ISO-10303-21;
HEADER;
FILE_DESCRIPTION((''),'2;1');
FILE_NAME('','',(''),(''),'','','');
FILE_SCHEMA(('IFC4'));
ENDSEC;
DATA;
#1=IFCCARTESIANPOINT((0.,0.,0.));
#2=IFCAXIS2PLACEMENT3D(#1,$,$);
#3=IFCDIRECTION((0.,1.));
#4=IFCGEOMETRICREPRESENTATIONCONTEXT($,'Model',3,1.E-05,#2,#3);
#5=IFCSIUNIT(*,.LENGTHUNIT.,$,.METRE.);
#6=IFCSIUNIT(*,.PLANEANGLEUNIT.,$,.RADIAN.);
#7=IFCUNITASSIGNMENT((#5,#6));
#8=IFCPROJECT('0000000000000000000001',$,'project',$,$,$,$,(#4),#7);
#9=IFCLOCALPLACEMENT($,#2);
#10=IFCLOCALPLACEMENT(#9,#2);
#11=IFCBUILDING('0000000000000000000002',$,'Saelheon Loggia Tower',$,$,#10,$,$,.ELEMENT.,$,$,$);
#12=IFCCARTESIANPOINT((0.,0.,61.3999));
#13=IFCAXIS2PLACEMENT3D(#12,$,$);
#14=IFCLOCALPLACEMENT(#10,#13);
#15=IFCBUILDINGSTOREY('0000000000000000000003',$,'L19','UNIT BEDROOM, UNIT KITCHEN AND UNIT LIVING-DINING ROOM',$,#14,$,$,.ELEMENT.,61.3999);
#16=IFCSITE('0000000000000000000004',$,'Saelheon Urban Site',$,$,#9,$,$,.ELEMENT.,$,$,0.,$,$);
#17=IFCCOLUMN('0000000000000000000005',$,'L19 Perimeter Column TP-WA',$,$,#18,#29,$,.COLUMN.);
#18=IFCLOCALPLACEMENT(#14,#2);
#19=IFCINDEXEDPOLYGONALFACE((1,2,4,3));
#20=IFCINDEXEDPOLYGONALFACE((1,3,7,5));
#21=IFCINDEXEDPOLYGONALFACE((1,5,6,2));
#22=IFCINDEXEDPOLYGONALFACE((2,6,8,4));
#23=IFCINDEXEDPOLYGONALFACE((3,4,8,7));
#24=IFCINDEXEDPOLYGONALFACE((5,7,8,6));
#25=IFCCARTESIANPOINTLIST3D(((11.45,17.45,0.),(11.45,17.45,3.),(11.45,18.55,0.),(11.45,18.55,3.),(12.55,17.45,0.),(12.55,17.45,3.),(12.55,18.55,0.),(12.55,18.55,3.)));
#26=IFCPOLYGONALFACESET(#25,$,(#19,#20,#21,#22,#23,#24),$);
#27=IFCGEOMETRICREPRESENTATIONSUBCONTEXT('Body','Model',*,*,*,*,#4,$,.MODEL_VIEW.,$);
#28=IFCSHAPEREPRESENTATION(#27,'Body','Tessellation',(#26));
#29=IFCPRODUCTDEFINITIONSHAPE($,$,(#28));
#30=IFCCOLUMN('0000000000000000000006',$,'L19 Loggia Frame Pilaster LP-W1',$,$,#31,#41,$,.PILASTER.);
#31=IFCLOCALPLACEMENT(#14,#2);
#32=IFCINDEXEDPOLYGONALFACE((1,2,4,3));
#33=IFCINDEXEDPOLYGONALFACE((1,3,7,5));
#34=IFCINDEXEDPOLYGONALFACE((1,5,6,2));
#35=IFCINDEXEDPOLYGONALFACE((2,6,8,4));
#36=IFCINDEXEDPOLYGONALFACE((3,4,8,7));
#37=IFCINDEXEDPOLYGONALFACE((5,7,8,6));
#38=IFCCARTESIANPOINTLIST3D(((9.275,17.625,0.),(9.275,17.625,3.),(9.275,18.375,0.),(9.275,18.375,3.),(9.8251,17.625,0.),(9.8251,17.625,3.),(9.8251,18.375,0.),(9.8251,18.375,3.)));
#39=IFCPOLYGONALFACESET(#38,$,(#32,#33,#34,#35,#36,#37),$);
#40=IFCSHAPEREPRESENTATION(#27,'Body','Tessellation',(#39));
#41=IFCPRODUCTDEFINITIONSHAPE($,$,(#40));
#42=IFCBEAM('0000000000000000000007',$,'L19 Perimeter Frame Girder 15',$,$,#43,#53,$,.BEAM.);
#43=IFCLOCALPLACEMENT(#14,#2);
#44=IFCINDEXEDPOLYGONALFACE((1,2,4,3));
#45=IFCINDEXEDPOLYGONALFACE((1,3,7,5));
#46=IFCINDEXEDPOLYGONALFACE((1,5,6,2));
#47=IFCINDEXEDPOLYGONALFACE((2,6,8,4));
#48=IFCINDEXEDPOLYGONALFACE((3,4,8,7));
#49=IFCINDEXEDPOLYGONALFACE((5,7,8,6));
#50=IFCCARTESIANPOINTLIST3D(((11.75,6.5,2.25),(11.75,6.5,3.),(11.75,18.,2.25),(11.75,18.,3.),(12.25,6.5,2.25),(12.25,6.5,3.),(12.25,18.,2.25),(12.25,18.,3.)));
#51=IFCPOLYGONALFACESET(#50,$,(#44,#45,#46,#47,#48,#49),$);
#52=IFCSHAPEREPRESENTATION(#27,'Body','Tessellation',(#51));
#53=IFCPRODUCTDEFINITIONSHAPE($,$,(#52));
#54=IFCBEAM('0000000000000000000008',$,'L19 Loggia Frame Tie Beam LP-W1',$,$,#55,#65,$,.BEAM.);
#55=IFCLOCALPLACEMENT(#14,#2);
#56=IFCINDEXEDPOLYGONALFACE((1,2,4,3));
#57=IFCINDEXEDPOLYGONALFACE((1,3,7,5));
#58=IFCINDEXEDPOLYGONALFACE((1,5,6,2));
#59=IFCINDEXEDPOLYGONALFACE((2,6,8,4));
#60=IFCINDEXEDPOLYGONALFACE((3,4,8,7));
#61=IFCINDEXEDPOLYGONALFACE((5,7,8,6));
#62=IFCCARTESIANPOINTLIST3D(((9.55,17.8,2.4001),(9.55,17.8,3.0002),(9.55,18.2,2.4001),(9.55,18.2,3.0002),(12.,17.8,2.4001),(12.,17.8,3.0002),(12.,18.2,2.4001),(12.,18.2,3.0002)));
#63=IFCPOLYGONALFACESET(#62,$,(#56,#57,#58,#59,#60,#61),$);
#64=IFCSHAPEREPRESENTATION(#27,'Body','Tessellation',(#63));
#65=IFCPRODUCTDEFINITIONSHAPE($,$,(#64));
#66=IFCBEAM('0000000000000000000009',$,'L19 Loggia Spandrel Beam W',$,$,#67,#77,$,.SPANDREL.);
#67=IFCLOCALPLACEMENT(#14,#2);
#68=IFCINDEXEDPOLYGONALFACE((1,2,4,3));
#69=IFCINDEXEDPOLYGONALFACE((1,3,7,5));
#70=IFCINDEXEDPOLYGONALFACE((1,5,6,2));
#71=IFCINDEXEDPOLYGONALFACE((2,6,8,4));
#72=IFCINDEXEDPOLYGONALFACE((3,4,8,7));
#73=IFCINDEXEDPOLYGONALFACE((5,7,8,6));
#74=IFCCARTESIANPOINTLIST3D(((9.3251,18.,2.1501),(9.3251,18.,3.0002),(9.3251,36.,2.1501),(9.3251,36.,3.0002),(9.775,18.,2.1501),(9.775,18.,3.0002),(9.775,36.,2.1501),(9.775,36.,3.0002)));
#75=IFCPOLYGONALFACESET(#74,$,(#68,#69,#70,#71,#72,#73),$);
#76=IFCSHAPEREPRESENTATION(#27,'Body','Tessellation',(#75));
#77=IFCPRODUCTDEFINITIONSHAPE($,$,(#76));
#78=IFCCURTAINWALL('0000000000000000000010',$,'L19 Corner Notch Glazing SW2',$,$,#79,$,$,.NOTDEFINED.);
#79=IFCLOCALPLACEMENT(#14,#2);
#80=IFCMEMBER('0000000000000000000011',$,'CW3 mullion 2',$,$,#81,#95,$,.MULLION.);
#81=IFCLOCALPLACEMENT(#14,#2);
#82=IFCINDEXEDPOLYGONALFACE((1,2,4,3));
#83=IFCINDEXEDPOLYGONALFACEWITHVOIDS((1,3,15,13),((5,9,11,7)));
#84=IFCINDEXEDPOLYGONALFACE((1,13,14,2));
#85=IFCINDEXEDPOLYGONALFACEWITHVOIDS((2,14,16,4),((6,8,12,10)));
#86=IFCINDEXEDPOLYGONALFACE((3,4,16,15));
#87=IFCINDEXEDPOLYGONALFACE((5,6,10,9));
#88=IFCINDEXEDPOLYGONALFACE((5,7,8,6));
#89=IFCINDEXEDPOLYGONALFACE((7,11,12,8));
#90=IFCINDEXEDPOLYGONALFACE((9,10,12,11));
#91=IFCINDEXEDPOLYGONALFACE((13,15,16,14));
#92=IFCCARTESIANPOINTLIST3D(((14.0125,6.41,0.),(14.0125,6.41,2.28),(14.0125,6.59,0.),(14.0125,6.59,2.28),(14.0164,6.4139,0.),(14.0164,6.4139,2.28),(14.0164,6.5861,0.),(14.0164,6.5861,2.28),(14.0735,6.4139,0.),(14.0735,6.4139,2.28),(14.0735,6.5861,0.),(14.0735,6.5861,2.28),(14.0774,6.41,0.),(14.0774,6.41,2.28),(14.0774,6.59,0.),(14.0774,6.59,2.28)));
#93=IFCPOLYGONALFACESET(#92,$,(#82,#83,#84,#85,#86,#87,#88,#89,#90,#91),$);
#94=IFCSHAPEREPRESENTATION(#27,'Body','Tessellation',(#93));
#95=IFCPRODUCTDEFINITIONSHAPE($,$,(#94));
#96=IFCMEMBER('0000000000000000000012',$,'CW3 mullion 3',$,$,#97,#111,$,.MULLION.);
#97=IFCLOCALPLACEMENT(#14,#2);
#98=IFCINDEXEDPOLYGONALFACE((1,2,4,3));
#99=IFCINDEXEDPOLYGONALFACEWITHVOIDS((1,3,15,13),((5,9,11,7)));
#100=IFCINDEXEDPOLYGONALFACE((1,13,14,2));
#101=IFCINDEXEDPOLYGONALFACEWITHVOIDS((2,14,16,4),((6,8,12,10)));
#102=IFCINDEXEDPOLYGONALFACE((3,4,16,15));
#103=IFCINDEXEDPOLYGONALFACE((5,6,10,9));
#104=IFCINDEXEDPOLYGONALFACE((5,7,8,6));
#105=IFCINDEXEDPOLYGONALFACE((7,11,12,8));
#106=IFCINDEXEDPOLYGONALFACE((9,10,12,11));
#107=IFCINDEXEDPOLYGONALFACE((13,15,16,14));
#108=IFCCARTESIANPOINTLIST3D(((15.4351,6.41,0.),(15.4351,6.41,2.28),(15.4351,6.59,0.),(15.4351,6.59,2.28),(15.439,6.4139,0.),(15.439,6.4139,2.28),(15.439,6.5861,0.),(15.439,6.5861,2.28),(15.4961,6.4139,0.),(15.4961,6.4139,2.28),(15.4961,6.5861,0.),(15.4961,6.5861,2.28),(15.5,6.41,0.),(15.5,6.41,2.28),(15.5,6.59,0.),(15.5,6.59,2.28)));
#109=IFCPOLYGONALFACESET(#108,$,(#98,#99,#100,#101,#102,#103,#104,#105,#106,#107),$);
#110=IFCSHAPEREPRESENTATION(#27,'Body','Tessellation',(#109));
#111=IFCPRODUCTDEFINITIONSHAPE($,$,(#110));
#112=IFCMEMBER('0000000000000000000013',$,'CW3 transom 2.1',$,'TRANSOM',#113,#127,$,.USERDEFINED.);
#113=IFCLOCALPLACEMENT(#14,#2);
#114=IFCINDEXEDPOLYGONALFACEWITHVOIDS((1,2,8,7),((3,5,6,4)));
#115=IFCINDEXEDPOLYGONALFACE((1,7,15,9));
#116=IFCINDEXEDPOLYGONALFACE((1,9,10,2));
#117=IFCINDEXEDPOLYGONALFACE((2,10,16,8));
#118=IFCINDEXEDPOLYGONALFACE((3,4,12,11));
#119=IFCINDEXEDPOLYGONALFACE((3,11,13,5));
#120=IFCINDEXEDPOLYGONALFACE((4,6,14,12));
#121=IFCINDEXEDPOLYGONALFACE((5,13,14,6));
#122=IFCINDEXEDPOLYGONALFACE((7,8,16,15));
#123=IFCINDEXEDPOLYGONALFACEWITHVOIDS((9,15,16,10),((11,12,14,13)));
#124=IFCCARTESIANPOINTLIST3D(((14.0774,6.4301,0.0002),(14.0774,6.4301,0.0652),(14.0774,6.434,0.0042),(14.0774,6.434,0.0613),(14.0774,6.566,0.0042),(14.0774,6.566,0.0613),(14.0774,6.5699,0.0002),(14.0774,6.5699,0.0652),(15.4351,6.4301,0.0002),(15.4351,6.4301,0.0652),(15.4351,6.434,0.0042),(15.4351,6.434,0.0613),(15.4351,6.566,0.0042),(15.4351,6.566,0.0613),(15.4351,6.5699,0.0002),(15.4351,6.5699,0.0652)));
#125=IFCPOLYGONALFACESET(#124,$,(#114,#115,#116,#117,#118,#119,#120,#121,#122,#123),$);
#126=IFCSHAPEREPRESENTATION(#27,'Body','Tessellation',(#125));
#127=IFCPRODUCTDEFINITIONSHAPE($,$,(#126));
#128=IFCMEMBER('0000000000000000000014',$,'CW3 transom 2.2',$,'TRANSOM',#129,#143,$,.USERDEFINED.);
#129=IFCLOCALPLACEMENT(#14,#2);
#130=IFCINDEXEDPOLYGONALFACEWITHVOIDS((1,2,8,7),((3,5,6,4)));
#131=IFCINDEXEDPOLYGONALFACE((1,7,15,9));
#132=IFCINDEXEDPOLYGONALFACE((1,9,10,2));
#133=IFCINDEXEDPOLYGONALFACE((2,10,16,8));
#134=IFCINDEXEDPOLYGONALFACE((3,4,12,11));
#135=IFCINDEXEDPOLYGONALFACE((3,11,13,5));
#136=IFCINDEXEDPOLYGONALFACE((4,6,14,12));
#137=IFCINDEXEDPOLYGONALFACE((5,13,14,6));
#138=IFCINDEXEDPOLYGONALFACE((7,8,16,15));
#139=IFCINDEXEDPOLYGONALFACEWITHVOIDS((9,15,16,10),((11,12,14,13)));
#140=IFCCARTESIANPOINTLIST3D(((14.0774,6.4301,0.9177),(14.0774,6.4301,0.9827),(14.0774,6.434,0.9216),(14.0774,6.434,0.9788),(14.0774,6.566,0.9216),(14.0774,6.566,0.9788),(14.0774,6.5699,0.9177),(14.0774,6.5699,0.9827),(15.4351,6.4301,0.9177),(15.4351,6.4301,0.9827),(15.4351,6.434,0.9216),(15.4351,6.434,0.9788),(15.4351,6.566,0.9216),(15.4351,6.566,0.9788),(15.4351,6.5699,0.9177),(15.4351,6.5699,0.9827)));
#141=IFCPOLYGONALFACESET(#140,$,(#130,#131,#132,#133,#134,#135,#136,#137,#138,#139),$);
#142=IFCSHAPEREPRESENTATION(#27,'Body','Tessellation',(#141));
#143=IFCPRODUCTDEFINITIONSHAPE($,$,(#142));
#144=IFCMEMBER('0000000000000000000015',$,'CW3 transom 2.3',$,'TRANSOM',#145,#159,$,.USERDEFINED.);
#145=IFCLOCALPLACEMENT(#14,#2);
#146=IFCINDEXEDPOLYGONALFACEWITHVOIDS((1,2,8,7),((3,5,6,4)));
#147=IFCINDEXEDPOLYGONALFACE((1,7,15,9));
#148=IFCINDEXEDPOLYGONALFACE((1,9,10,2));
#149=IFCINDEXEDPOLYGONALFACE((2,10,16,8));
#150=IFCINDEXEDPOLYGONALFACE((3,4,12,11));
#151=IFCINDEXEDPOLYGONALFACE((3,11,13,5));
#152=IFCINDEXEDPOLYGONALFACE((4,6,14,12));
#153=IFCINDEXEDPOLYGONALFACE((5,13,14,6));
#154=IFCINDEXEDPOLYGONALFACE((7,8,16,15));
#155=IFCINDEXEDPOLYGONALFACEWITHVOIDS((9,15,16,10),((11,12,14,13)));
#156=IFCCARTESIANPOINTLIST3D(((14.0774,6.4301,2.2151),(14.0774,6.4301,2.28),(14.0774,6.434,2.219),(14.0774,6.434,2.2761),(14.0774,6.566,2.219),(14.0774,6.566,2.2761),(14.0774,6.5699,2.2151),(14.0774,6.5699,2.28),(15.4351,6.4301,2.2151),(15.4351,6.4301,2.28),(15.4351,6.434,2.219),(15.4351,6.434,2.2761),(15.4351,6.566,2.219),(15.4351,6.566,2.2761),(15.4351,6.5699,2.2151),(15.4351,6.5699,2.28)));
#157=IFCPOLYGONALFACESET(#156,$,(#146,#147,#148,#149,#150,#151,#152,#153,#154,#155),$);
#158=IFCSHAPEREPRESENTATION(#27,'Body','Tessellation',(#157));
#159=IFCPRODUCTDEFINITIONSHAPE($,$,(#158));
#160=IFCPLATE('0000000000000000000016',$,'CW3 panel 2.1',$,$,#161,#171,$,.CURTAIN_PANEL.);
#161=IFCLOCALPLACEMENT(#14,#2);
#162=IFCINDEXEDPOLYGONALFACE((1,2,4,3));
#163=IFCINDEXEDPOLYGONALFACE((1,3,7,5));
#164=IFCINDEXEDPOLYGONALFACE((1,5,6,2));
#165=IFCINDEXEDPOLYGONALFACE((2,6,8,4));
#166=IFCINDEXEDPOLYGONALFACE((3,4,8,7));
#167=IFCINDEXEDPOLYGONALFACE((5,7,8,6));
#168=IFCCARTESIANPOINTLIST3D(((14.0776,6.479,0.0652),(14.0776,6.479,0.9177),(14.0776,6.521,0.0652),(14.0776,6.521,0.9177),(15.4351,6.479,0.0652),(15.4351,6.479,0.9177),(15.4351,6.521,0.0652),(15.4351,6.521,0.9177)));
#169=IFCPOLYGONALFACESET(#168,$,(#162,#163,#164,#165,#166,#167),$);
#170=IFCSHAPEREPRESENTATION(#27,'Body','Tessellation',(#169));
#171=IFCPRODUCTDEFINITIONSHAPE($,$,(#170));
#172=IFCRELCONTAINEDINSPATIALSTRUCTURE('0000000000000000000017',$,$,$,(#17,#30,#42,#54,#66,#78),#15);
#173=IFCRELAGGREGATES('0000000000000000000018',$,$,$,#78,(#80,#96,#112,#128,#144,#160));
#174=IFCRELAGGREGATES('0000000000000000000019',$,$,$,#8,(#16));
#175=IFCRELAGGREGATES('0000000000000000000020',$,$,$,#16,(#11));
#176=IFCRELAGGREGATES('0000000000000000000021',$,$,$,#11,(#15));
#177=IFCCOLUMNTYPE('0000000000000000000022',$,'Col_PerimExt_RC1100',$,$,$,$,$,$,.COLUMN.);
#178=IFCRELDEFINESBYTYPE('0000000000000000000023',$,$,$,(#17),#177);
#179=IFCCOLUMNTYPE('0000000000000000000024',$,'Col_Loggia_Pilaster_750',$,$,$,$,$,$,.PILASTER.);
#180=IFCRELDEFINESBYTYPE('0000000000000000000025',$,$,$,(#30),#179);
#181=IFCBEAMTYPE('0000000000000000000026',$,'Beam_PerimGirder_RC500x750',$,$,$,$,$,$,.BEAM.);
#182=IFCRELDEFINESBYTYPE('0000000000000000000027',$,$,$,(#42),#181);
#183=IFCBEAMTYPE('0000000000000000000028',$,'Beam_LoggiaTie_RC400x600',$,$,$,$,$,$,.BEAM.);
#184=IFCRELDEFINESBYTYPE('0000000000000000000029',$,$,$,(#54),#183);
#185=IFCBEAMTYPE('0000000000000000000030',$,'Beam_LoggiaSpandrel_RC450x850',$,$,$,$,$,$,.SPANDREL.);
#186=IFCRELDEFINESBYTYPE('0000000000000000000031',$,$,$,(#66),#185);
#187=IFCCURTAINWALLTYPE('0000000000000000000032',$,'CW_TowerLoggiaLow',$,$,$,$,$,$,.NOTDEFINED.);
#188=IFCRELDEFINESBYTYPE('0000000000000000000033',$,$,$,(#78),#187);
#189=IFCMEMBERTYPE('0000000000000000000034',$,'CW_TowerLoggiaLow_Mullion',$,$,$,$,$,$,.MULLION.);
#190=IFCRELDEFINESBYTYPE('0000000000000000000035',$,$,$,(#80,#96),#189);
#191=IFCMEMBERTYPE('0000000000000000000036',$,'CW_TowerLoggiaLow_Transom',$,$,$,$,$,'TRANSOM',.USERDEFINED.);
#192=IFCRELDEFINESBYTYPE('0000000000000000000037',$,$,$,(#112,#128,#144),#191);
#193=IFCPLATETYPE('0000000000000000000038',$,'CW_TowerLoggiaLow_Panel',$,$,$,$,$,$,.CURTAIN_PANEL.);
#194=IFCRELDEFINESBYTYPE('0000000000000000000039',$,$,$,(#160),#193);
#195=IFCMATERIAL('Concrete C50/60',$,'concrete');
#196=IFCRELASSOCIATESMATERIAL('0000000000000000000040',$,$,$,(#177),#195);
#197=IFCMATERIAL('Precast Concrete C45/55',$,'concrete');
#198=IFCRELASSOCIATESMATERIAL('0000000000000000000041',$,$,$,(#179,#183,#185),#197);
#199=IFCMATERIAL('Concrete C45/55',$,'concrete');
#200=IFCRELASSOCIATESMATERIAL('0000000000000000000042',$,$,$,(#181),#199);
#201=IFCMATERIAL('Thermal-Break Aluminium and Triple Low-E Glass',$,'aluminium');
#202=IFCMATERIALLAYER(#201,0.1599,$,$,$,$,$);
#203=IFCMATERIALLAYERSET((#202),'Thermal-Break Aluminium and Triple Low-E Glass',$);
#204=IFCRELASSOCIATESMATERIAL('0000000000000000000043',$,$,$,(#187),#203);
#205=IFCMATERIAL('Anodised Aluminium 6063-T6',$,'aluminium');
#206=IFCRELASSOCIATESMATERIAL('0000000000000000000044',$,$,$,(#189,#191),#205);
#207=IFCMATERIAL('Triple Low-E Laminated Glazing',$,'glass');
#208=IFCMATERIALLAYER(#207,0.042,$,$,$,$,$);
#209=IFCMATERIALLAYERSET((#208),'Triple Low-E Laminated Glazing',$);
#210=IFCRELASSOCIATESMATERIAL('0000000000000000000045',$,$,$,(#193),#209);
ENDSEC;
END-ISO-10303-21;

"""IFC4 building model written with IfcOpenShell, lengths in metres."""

from ifc_helpers import new_model, si_unit, direction, frame, origin, origin_2d, place, context, subcontext, project, spatial, rectangle, hollow_rectangle, extrude, source, transform, mapped, material, layer, layer_set, material_profile, profile_set, type_object, element, aggregate, save


model = new_model("IFC4")

# Units and contexts
model_context = context("Model", 3, precision=1e-05, world=origin(), true_north=direction((0.0, 1.0)))
body_context = subcontext(model_context, "Body", "Model", "MODEL_VIEW")
ifc_project = project(units=[si_unit("LENGTHUNIT", "METRE"), si_unit("PLANEANGLEUNIT", "RADIAN")], contexts=[model_context])

# Site, building, storey
site_placement = place(None, origin())
site = spatial("IfcSite", under=ifc_project, at=site_placement, Name="Saelheon Urban Site", CompositionType="ELEMENT", RefElevation=0.0)
building_placement = place(site_placement, origin())
building = spatial("IfcBuilding", under=site, at=building_placement, Name="Saelheon Loggia Tower", CompositionType="ELEMENT")
storey_placement = place(building_placement, frame((0.0, 0.0, 61.3999)))
storey = spatial("IfcBuildingStorey", under=building, at=storey_placement, Name="L19", Description="UNIT BEDROOM, UNIT KITCHEN AND UNIT LIVING-DINING ROOM", CompositionType="ELEMENT", Elevation=61.3999)

# Columns
ifc_material_1 = material(Name="Concrete C50/60", Category="concrete")
ifc_material_profile_1 = material_profile(ifc_material_1, rectangle(XDim=1.1001, YDim=1.1001, at=origin_2d()), Name="RC-1100x1100")
ifc_profile_set_1 = profile_set([ifc_material_profile_1], Name="Concrete C50/60")
column_type_1 = type_object("IfcColumnType", Name="Col_PerimExt_RC1100", PredefinedType="COLUMN", material=ifc_profile_set_1)
shared_shape_1 = source(origin(), body_context, "Body", "SweptSolid", [
    extrude(rectangle(XDim=1.1001, YDim=1.1001, at=origin_2d()), origin(), (0.0, 0.0, 1.0), 3.0),
])
column_1_placement = place(storey_placement, frame((12.0, 18.0, 0.0), z_axis=(0.0, 0.0, 1.0), x_axis=(1.0, 0.0, 0.0)))
element("IfcColumn", 1, at=column_1_placement, inside=storey, type_object=column_type_1, Name="L19 Perimeter Column TP-WA", PredefinedType="COLUMN", context=body_context, shape_type="MappedRepresentation", body=[
    mapped(shared_shape_1, transform((0.0, 0.0, 0.0), scale=1.0)),
])
ifc_material_2 = material(Name="Precast Concrete C45/55", Category="concrete")
ifc_material_profile_2 = material_profile(ifc_material_2, rectangle(XDim=0.55, YDim=0.75, at=origin_2d()), Name="RC-550x750")
ifc_profile_set_2 = profile_set([ifc_material_profile_2], Name="Precast Concrete C45/55")
column_type_2 = type_object("IfcColumnType", Name="Col_Loggia_Pilaster_750", PredefinedType="PILASTER", material=ifc_profile_set_2)
shared_shape_2 = source(origin(), body_context, "Body", "SweptSolid", [
    extrude(rectangle(XDim=0.55, YDim=0.75, at=origin_2d()), origin(), (0.0, 0.0, 1.0), 3.0),
])
column_2_placement = place(storey_placement, frame((9.55, 18.0, 0.0), z_axis=(0.0, 0.0, 1.0), x_axis=(1.0, 0.0, 0.0)))
element("IfcColumn", 2, at=column_2_placement, inside=storey, type_object=column_type_2, Name="L19 Loggia Frame Pilaster LP-W1", PredefinedType="PILASTER", context=body_context, shape_type="MappedRepresentation", body=[
    mapped(shared_shape_2, transform((0.0, 0.0, 0.0), scale=1.0)),
])

# Beams
ifc_material_3 = material(Name="Concrete C45/55", Category="concrete")
ifc_material_profile_3 = material_profile(ifc_material_3, rectangle(XDim=0.5, YDim=0.75, at=origin_2d()), Name="RC-500x750")
ifc_profile_set_3 = profile_set([ifc_material_profile_3], Name="Concrete C45/55")
beam_type_1 = type_object("IfcBeamType", Name="Beam_PerimGirder_RC500x750", PredefinedType="BEAM", material=ifc_profile_set_3)
shared_shape_3 = source(origin(), body_context, "Body", "SweptSolid", [
    extrude(rectangle(XDim=0.5, YDim=0.75, at=origin_2d()), origin(), (0.0, 0.0, 1.0), 11.5),
])
beam_1_placement = place(storey_placement, frame((12.0, 18.0, 2.625), z_axis=(0.0, -1.0, 0.0), x_axis=(1.0, 0.0, 0.0)))
element("IfcBeam", 3, at=beam_1_placement, inside=storey, type_object=beam_type_1, Name="L19 Perimeter Frame Girder 15", PredefinedType="BEAM", context=body_context, shape_type="MappedRepresentation", body=[
    mapped(shared_shape_3, transform((0.0, 0.0, 0.0), scale=1.0)),
])
ifc_material_profile_4 = material_profile(ifc_material_2, rectangle(XDim=0.3999, YDim=0.6001, at=origin_2d()), Name="RC-400x600")
ifc_profile_set_4 = profile_set([ifc_material_profile_4], Name="Precast Concrete C45/55")
beam_type_2 = type_object("IfcBeamType", Name="Beam_LoggiaTie_RC400x600", PredefinedType="BEAM", material=ifc_profile_set_4)
shared_shape_4 = source(origin(), body_context, "Body", "SweptSolid", [
    extrude(rectangle(XDim=0.3999, YDim=0.6001, at=origin_2d()), origin(), (0.0, 0.0, 1.0), 2.45),
])
beam_2_placement = place(storey_placement, frame((12.0, 18.0, 2.7002), z_axis=(-1.0, 0.0, 0.0), x_axis=(0.0, -1.0, 0.0)))
element("IfcBeam", 4, at=beam_2_placement, inside=storey, type_object=beam_type_2, Name="L19 Loggia Frame Tie Beam LP-W1", PredefinedType="BEAM", context=body_context, shape_type="MappedRepresentation", body=[
    mapped(shared_shape_4, transform((0.0, 0.0, 0.0), scale=1.0)),
])
ifc_material_profile_5 = material_profile(ifc_material_2, rectangle(XDim=0.45, YDim=0.8501, at=origin_2d()), Name="RC-450x850")
ifc_profile_set_5 = profile_set([ifc_material_profile_5], Name="Precast Concrete C45/55")
beam_type_3 = type_object("IfcBeamType", Name="Beam_LoggiaSpandrel_RC450x850", PredefinedType="SPANDREL", material=ifc_profile_set_5)
shared_shape_5 = source(origin(), body_context, "Body", "SweptSolid", [
    extrude(rectangle(XDim=0.45, YDim=0.8501, at=origin_2d()), origin(), (0.0, 0.0, 1.0), 18.0),
])
beam_3_placement = place(storey_placement, frame((9.55, 18.0, 2.5752), z_axis=(0.0, 1.0, 0.0), x_axis=(-1.0, 0.0, 0.0)))
element("IfcBeam", 5, at=beam_3_placement, inside=storey, type_object=beam_type_3, Name="L19 Loggia Spandrel Beam W", PredefinedType="SPANDREL", context=body_context, shape_type="MappedRepresentation", body=[
    mapped(shared_shape_5, transform((0.0, 0.0, 0.0), scale=1.0)),
])

# Curtain wall, members, plate
ifc_material_4 = material(Name="Thermal-Break Aluminium and Triple Low-E Glass", Category="aluminium")
ifc_layer_1 = layer(ifc_material_4, 0.1599)
ifc_layer_set_1 = layer_set([ifc_layer_1], Name="Thermal-Break Aluminium and Triple Low-E Glass")
curtain_wall_type = type_object("IfcCurtainWallType", Name="CW_TowerLoggiaLow", PredefinedType="NOTDEFINED", material=ifc_layer_set_1)
curtain_wall_placement = place(storey_placement, origin())
curtain_wall = element("IfcCurtainWall", 6, at=curtain_wall_placement, inside=storey, type_object=curtain_wall_type, Name="L19 Corner Notch Glazing SW2", PredefinedType="NOTDEFINED")
ifc_material_5 = material(Name="Anodised Aluminium 6063-T6", Category="aluminium")
ifc_material_profile_6 = material_profile(ifc_material_5, hollow_rectangle(XDim=0.0649, YDim=0.1799, WallThickness=0.0039, at=origin_2d()), Name="RHS-180x65x4")
ifc_profile_set_6 = profile_set([ifc_material_profile_6], Name="Anodised Aluminium 6063-T6")
member_type_1 = type_object("IfcMemberType", Name="CW_TowerLoggiaLow_Mullion", PredefinedType="MULLION", material=ifc_profile_set_6)
shared_shape_6 = source(origin(), body_context, "Body", "SweptSolid", [
    extrude(hollow_rectangle(XDim=0.0649, YDim=0.1799, WallThickness=0.0039, at=origin_2d()), origin(), (0.0, 0.0, 1.0), 2.28),
])
member_1_placement = place(storey_placement, frame((14.0449, 6.5, 0.0), z_axis=(0.0, 0.0, 1.0), x_axis=(1.0, 0.0, 0.0)))
member_1 = element("IfcMember", 7, at=member_1_placement, type_object=member_type_1, Name="CW3 mullion 2", PredefinedType="MULLION", context=body_context, shape_type="MappedRepresentation", body=[
    mapped(shared_shape_6, transform((0.0, 0.0, 0.0), scale=1.0)),
])
member_2_placement = place(storey_placement, frame((15.4675, 6.5, 0.0), z_axis=(0.0, 0.0, 1.0), x_axis=(1.0, 0.0, 0.0)))
member_2 = element("IfcMember", 8, at=member_2_placement, type_object=member_type_1, Name="CW3 mullion 3", PredefinedType="MULLION", context=body_context, shape_type="MappedRepresentation", body=[
    mapped(shared_shape_6, transform((0.0, 0.0, 0.0), scale=1.0)),
])
ifc_material_profile_7 = material_profile(ifc_material_5, hollow_rectangle(XDim=0.0649, YDim=0.1399, WallThickness=0.0039, at=origin_2d()), Name="RHS-140x65x4")
ifc_profile_set_7 = profile_set([ifc_material_profile_7], Name="Anodised Aluminium 6063-T6")
member_type_2 = type_object("IfcMemberType", Name="CW_TowerLoggiaLow_Transom", ElementType="TRANSOM", PredefinedType="USERDEFINED", material=ifc_profile_set_7)
shared_shape_7 = source(origin(), body_context, "Body", "SweptSolid", [
    extrude(hollow_rectangle(XDim=0.0649, YDim=0.1399, WallThickness=0.0039, at=origin_2d()), origin(), (0.0, 0.0, 1.0), 1.3577),
])
member_3_placement = place(storey_placement, frame((14.0774, 6.5, 0.0327), z_axis=(1.0, 0.0, 0.0), x_axis=(0.0, 0.0, 1.0)))
member_3 = element("IfcMember", 9, at=member_3_placement, type_object=member_type_2, Name="CW3 transom 2.1", ObjectType="TRANSOM", PredefinedType="USERDEFINED", context=body_context, shape_type="MappedRepresentation", body=[
    mapped(shared_shape_7, transform((0.0, 0.0, 0.0), scale=1.0)),
])
member_4_placement = place(storey_placement, frame((14.0774, 6.5, 0.9502), z_axis=(1.0, 0.0, 0.0), x_axis=(0.0, 0.0, 1.0)))
member_4 = element("IfcMember", 10, at=member_4_placement, type_object=member_type_2, Name="CW3 transom 2.2", ObjectType="TRANSOM", PredefinedType="USERDEFINED", context=body_context, shape_type="MappedRepresentation", body=[
    mapped(shared_shape_7, transform((0.0, 0.0, 0.0), scale=1.0)),
])
member_5_placement = place(storey_placement, frame((14.0774, 6.5, 2.2476), z_axis=(1.0, 0.0, 0.0), x_axis=(0.0, 0.0, 1.0)))
member_5 = element("IfcMember", 11, at=member_5_placement, type_object=member_type_2, Name="CW3 transom 2.3", ObjectType="TRANSOM", PredefinedType="USERDEFINED", context=body_context, shape_type="MappedRepresentation", body=[
    mapped(shared_shape_7, transform((0.0, 0.0, 0.0), scale=1.0)),
])
ifc_material_6 = material(Name="Triple Low-E Laminated Glazing", Category="glass")
ifc_layer_2 = layer(ifc_material_6, 0.042)
ifc_layer_set_2 = layer_set([ifc_layer_2], Name="Triple Low-E Laminated Glazing")
plate_type = type_object("IfcPlateType", Name="CW_TowerLoggiaLow_Panel", PredefinedType="CURTAIN_PANEL", material=ifc_layer_set_2)
shared_shape_8 = source(origin(), body_context, "Body", "SweptSolid", [
    extrude(rectangle(XDim=1.3574, YDim=0.042, at=origin_2d()), origin(), (0.0, 0.0, 1.0), 0.8525),
])
plate_1_placement = place(storey_placement, frame((14.7563, 6.5, 0.0652), z_axis=(0.0, 0.0, 1.0), x_axis=(1.0, 0.0, 0.0)))
plate_1 = element("IfcPlate", 12, at=plate_1_placement, type_object=plate_type, Name="CW3 panel 2.1", PredefinedType="CURTAIN_PANEL", context=body_context, shape_type="MappedRepresentation", body=[
    mapped(shared_shape_8, transform((0.0, 0.0, 0.0), scale=1.0)),
])
aggregate(curtain_wall, [member_1, member_2, member_3, member_4, member_5, plate_1])

save(model, "model.ifc")
